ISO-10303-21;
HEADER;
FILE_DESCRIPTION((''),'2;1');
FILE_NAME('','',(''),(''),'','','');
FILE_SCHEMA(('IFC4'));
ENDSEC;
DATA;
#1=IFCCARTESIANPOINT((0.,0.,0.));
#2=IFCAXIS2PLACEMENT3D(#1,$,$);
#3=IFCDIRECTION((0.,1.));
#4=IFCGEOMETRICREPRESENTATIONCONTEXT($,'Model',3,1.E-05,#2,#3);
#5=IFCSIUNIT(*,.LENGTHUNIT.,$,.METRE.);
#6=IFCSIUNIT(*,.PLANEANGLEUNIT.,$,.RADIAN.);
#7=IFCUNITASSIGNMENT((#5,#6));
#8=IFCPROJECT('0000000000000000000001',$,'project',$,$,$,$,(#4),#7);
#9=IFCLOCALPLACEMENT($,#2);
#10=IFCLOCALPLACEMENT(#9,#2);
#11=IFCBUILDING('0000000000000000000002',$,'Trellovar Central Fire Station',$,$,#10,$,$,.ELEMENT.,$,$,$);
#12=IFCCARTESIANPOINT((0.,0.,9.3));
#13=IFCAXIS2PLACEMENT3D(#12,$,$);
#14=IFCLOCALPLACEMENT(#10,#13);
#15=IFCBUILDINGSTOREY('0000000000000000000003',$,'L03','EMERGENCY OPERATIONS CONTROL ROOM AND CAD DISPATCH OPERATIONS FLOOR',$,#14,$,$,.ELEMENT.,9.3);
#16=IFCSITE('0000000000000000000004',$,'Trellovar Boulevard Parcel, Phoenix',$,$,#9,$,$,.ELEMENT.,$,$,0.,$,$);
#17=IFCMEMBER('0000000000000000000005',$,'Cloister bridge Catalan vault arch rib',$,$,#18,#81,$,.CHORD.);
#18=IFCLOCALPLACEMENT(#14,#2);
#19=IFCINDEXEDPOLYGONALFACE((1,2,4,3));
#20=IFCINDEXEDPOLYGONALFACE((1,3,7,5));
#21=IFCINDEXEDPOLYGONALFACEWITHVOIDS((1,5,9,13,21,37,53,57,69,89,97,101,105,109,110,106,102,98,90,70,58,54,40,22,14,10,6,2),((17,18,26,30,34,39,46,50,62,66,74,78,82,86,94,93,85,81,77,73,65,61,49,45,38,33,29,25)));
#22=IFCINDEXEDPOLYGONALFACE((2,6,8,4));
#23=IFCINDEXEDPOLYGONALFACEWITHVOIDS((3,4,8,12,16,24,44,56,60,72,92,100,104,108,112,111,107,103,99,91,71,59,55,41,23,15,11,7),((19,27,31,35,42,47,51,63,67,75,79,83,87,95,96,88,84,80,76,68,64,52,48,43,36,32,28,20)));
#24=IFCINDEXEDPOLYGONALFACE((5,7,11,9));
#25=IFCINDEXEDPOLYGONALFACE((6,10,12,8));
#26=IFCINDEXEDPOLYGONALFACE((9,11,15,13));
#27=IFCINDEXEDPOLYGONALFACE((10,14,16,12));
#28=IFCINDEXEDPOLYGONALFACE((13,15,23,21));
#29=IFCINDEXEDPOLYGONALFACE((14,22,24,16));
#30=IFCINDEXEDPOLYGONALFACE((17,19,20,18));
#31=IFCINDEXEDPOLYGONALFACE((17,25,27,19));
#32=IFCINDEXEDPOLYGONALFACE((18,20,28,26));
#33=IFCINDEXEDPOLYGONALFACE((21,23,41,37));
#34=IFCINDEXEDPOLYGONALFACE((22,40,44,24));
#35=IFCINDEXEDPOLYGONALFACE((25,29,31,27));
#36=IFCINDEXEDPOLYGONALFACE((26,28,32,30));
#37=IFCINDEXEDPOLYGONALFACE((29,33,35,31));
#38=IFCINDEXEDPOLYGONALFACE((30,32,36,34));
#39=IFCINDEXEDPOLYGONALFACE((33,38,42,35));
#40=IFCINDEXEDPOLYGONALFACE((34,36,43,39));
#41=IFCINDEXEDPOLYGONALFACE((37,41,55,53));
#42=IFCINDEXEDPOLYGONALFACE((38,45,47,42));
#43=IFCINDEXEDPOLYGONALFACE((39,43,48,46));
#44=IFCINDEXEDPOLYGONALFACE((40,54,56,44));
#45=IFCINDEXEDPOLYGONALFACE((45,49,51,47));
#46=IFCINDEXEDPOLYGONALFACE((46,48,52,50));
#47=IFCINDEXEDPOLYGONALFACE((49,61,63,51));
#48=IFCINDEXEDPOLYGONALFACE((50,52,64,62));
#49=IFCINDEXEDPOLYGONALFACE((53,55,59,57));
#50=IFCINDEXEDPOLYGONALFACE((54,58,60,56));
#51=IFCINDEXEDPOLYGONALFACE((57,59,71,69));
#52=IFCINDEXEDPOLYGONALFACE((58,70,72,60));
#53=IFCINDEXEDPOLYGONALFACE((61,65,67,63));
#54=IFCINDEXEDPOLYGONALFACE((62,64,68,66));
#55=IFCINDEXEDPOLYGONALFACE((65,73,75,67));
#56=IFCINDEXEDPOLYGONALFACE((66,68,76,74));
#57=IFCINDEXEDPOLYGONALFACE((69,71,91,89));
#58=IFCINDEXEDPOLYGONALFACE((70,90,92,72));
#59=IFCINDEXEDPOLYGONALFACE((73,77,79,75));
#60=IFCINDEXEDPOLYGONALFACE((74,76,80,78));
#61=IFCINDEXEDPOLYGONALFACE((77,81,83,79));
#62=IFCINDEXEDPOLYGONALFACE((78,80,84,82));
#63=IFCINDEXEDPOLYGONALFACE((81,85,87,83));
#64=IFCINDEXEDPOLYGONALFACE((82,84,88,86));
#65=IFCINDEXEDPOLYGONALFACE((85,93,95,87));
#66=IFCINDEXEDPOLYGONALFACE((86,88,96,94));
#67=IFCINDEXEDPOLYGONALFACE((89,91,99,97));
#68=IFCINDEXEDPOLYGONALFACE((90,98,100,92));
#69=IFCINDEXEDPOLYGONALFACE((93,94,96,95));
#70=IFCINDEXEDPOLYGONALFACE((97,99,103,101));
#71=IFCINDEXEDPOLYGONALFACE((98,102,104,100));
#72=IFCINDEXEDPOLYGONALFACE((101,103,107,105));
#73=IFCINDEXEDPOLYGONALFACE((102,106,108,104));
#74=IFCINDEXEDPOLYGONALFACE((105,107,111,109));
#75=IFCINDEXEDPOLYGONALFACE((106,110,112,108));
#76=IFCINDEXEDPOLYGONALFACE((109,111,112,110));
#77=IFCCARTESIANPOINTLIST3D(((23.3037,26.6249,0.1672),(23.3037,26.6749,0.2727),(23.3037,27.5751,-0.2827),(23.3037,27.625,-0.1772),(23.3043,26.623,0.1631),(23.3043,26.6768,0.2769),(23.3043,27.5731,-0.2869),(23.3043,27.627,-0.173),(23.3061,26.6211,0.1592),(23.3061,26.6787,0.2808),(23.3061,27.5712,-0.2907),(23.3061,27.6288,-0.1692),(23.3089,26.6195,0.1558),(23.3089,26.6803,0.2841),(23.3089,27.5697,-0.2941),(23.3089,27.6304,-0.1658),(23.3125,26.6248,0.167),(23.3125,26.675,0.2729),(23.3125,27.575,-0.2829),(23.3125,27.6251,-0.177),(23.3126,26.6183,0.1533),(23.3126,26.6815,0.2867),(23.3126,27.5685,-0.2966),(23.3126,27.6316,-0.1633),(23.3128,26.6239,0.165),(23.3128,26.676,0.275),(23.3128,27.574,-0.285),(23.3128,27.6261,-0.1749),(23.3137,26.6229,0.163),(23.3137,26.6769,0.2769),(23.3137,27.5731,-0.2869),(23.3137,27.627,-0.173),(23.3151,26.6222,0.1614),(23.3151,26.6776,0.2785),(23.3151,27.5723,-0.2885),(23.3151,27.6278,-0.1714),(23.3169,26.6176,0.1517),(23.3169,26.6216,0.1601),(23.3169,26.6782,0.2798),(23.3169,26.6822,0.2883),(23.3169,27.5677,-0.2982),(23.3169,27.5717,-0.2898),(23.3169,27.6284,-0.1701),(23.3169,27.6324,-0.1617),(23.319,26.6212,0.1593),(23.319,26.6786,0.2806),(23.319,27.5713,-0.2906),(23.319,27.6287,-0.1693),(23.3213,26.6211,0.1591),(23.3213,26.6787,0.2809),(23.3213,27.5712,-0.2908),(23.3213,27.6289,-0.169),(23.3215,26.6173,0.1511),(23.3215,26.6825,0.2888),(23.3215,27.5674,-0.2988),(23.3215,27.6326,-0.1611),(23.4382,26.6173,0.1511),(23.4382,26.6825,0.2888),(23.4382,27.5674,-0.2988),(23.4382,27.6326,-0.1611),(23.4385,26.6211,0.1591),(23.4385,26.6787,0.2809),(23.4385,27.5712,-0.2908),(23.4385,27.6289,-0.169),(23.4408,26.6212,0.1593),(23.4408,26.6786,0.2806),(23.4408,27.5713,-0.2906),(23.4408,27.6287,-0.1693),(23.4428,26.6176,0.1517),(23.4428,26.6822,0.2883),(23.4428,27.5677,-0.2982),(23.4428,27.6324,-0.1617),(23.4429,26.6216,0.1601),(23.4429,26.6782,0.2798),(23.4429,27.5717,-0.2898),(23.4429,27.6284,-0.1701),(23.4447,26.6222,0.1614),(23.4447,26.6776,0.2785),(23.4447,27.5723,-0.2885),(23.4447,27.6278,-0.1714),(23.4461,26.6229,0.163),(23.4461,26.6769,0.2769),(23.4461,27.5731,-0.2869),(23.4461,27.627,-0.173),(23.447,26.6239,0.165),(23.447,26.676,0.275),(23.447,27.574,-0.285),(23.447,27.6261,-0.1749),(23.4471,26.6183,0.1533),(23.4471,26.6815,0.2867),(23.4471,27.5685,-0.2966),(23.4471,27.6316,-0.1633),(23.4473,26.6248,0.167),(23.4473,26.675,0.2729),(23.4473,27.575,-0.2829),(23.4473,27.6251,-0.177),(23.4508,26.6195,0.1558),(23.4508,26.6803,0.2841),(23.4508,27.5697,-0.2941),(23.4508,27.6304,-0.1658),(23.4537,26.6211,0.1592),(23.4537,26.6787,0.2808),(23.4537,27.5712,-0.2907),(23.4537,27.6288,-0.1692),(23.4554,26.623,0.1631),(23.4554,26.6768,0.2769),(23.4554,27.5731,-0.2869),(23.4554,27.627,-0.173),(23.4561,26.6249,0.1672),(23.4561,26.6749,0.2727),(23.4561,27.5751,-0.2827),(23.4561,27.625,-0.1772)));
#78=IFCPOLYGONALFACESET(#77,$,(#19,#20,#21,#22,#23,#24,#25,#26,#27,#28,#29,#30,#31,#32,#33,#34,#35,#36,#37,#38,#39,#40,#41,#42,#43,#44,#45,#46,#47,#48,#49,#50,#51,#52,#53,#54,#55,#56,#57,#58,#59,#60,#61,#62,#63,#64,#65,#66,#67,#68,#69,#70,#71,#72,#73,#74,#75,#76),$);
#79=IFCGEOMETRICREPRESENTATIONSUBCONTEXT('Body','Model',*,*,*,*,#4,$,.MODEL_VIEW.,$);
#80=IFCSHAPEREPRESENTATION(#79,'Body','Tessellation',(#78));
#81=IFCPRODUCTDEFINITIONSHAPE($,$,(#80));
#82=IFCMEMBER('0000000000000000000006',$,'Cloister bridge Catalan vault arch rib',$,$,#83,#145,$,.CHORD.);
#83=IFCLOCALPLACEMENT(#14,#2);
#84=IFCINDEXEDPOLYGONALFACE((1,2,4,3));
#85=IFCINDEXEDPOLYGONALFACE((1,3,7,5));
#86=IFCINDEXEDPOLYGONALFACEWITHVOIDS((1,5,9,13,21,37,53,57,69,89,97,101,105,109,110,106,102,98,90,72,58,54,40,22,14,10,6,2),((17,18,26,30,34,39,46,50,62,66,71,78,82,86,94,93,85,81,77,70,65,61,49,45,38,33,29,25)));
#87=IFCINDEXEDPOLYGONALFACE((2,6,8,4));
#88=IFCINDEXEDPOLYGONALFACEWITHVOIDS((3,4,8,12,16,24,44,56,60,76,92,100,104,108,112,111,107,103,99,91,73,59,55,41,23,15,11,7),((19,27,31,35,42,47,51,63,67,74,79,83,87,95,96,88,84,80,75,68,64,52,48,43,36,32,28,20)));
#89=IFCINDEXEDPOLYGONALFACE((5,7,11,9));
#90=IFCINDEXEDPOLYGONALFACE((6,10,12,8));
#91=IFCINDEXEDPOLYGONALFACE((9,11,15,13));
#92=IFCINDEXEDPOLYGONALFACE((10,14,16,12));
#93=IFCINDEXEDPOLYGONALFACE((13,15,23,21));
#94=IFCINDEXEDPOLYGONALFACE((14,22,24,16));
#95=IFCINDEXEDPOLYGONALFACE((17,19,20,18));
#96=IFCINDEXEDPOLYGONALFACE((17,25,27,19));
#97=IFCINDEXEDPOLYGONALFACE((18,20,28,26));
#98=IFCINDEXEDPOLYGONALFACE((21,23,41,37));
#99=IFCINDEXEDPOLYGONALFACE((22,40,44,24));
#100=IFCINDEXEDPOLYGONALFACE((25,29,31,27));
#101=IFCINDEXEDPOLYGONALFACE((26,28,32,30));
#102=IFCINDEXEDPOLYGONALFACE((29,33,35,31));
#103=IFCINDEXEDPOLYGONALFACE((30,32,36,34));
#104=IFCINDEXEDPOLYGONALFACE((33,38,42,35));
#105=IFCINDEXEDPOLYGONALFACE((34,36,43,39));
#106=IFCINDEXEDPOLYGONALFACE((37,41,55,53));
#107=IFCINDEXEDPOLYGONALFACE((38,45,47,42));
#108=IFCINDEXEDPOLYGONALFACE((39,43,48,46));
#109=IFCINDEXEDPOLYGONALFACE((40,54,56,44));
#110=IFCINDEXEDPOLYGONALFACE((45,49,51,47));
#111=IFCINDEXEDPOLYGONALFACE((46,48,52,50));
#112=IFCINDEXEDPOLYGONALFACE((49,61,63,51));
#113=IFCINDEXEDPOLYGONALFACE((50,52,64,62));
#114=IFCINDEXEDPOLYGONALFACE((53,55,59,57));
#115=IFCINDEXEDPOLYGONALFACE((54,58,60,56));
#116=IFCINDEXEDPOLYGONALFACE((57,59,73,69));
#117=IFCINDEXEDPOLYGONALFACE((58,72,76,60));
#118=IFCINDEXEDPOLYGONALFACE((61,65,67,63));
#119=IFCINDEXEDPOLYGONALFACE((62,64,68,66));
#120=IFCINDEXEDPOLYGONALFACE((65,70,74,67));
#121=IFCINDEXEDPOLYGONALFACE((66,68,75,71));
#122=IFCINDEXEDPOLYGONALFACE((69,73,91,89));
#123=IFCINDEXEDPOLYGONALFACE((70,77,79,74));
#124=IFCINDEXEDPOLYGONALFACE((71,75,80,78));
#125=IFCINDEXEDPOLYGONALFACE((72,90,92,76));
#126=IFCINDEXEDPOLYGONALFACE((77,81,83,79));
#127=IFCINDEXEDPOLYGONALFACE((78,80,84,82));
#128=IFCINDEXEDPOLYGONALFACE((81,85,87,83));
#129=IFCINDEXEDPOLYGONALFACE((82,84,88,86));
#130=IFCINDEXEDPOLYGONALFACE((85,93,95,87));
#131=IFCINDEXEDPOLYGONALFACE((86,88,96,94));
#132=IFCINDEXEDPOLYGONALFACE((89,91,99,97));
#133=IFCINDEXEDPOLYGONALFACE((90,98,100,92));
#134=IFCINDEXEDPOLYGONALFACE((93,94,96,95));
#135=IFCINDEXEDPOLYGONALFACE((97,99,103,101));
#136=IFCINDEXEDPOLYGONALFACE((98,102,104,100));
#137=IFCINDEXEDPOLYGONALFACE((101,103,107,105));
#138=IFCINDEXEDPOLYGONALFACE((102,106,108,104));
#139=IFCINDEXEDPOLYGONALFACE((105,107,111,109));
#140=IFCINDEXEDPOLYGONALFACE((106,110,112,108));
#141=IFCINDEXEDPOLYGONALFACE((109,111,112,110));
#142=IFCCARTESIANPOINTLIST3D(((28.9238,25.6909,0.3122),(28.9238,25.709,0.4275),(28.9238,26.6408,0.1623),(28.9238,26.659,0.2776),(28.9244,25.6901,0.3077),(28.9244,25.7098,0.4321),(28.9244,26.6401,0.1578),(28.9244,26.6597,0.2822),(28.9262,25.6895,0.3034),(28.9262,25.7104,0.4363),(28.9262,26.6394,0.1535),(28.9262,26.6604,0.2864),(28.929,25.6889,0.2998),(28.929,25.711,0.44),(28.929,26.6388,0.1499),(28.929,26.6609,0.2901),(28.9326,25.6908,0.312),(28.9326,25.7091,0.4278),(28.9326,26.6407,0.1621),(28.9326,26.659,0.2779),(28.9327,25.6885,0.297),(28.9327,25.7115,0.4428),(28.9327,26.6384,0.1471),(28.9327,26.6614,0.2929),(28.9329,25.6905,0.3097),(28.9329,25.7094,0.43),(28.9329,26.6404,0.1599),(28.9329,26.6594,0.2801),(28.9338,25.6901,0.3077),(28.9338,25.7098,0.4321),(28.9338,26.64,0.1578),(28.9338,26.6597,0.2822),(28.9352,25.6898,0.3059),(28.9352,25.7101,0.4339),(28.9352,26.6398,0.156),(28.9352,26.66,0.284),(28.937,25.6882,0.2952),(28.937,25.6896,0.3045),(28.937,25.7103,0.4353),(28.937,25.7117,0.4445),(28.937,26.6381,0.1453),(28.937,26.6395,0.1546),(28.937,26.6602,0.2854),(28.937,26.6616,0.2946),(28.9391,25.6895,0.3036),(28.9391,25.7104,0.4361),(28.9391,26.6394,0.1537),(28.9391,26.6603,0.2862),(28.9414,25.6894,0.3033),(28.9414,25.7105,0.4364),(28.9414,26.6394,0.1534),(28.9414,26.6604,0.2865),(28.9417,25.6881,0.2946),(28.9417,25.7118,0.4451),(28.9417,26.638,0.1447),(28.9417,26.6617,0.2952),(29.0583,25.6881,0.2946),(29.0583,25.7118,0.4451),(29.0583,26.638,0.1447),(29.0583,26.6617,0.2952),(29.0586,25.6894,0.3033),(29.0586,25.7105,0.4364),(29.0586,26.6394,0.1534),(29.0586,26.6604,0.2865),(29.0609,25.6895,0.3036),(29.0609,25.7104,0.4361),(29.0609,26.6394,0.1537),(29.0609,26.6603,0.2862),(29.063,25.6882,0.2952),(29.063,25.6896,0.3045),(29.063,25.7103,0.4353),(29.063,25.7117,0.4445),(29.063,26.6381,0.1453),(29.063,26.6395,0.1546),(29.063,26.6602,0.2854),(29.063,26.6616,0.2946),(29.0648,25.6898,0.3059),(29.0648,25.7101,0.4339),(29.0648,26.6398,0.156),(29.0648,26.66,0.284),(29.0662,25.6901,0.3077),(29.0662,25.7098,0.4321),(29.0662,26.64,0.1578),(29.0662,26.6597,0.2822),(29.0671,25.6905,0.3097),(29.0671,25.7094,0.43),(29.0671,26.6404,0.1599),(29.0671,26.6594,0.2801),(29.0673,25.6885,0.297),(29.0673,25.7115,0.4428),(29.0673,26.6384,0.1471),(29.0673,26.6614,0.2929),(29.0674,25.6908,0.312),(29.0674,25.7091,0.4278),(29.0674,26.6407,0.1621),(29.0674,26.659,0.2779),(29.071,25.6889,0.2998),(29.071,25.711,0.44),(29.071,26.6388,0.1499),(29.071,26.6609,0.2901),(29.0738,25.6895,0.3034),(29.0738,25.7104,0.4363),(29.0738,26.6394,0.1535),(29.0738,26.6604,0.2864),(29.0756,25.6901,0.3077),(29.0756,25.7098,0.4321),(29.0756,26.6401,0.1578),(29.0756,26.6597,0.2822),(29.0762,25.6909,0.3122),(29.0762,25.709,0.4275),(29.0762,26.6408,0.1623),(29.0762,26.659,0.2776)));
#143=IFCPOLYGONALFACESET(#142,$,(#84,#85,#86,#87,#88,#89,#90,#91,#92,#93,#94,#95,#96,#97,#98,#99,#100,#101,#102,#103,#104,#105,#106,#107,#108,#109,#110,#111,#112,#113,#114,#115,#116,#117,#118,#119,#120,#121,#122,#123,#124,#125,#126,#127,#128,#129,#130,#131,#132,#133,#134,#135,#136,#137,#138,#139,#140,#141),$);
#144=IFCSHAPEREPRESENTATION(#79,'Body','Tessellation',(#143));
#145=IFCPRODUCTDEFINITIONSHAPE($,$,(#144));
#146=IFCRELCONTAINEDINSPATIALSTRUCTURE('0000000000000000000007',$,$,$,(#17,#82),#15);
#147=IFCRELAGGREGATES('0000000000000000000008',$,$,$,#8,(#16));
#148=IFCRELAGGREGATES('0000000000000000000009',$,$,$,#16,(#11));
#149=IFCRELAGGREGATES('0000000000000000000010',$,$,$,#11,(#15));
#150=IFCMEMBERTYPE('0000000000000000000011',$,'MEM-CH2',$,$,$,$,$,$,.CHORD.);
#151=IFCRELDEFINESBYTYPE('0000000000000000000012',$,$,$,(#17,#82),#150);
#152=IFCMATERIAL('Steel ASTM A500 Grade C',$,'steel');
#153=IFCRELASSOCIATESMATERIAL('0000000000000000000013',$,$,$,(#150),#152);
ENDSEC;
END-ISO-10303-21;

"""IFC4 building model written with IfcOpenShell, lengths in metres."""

from ifc_helpers import new_model, si_unit, direction, frame, origin, origin_2d, place, context, subcontext, project, spatial, hollow_rectangle, extrude, material, material_profile, profile_set, type_object, element, save


model = new_model("IFC4")

# Units and contexts
model_context = context("Model", 3, precision=1e-05, world=origin(), true_north=direction((0.0, 1.0)))
body_context = subcontext(model_context, "Body", "Model", "MODEL_VIEW")
ifc_project = project(units=[si_unit("LENGTHUNIT", "METRE"), si_unit("PLANEANGLEUNIT", "RADIAN")], contexts=[model_context])

# Site, building, storey
site_placement = place(None, origin())
site = spatial("IfcSite", under=ifc_project, at=site_placement, Name="Trellovar Boulevard Parcel, Phoenix", CompositionType="ELEMENT", RefElevation=0.0)
building_placement = place(site_placement, origin())
building = spatial("IfcBuilding", under=site, at=building_placement, Name="Trellovar Central Fire Station", CompositionType="ELEMENT")
storey_placement = place(building_placement, frame((0.0, 0.0, 9.3)))
storey = spatial("IfcBuildingStorey", under=building, at=storey_placement, Name="L03", Description="EMERGENCY OPERATIONS CONTROL ROOM AND CAD DISPATCH OPERATIONS FLOOR", CompositionType="ELEMENT", Elevation=9.3)

# Members
ifc_material_1 = material(Name="Steel ASTM A500 Grade C", Category="steel")
ifc_material_profile_1 = material_profile(ifc_material_1, hollow_rectangle(XDim=0.1523, YDim=0.1523, WallThickness=0.0088, InnerFilletRadius=0.0088, OuterFilletRadius=0.0178, at=origin_2d()), Name="HSS6X6X3/8")
ifc_profile_set_1 = profile_set([ifc_material_profile_1], Name="Steel ASTM A500 Grade C")
member_type_1 = type_object("IfcMemberType", Name="MEM-CH2", PredefinedType="CHORD", material=ifc_profile_set_1)
member_1_placement = place(storey_placement, frame((23.3799, 26.6499, 0.22), z_axis=(0.0, 0.90379, -0.427977), x_axis=(-1.0, 0.0, 0.0)))
element("IfcMember", 1, at=member_1_placement, inside=storey, type_object=member_type_1, Name="Cloister bridge Catalan vault arch rib", PredefinedType="CHORD", context=body_context, shape_type="SweptSolid", body=[
    extrude(hollow_rectangle(XDim=0.1523, YDim=0.1523, WallThickness=0.0088, InnerFilletRadius=0.0088, OuterFilletRadius=0.0178, at=origin_2d()), origin(), (0.0, 0.0, 1.0), 1.0513),
])
member_2_placement = place(storey_placement, frame((29.0, 25.7, 0.3699), z_axis=(0.0, 0.987777, -0.155871), x_axis=(-1.0, 0.0, 0.0)))
element("IfcMember", 2, at=member_2_placement, inside=storey, type_object=member_type_1, Name="Cloister bridge Catalan vault arch rib", PredefinedType="CHORD", context=body_context, shape_type="SweptSolid", body=[
    extrude(hollow_rectangle(XDim=0.1523, YDim=0.1523, WallThickness=0.0088, InnerFilletRadius=0.0088, OuterFilletRadius=0.0178, at=origin_2d()), origin(), (0.0, 0.0, 1.0), 0.9617),
])

save(model, "model.ifc")
